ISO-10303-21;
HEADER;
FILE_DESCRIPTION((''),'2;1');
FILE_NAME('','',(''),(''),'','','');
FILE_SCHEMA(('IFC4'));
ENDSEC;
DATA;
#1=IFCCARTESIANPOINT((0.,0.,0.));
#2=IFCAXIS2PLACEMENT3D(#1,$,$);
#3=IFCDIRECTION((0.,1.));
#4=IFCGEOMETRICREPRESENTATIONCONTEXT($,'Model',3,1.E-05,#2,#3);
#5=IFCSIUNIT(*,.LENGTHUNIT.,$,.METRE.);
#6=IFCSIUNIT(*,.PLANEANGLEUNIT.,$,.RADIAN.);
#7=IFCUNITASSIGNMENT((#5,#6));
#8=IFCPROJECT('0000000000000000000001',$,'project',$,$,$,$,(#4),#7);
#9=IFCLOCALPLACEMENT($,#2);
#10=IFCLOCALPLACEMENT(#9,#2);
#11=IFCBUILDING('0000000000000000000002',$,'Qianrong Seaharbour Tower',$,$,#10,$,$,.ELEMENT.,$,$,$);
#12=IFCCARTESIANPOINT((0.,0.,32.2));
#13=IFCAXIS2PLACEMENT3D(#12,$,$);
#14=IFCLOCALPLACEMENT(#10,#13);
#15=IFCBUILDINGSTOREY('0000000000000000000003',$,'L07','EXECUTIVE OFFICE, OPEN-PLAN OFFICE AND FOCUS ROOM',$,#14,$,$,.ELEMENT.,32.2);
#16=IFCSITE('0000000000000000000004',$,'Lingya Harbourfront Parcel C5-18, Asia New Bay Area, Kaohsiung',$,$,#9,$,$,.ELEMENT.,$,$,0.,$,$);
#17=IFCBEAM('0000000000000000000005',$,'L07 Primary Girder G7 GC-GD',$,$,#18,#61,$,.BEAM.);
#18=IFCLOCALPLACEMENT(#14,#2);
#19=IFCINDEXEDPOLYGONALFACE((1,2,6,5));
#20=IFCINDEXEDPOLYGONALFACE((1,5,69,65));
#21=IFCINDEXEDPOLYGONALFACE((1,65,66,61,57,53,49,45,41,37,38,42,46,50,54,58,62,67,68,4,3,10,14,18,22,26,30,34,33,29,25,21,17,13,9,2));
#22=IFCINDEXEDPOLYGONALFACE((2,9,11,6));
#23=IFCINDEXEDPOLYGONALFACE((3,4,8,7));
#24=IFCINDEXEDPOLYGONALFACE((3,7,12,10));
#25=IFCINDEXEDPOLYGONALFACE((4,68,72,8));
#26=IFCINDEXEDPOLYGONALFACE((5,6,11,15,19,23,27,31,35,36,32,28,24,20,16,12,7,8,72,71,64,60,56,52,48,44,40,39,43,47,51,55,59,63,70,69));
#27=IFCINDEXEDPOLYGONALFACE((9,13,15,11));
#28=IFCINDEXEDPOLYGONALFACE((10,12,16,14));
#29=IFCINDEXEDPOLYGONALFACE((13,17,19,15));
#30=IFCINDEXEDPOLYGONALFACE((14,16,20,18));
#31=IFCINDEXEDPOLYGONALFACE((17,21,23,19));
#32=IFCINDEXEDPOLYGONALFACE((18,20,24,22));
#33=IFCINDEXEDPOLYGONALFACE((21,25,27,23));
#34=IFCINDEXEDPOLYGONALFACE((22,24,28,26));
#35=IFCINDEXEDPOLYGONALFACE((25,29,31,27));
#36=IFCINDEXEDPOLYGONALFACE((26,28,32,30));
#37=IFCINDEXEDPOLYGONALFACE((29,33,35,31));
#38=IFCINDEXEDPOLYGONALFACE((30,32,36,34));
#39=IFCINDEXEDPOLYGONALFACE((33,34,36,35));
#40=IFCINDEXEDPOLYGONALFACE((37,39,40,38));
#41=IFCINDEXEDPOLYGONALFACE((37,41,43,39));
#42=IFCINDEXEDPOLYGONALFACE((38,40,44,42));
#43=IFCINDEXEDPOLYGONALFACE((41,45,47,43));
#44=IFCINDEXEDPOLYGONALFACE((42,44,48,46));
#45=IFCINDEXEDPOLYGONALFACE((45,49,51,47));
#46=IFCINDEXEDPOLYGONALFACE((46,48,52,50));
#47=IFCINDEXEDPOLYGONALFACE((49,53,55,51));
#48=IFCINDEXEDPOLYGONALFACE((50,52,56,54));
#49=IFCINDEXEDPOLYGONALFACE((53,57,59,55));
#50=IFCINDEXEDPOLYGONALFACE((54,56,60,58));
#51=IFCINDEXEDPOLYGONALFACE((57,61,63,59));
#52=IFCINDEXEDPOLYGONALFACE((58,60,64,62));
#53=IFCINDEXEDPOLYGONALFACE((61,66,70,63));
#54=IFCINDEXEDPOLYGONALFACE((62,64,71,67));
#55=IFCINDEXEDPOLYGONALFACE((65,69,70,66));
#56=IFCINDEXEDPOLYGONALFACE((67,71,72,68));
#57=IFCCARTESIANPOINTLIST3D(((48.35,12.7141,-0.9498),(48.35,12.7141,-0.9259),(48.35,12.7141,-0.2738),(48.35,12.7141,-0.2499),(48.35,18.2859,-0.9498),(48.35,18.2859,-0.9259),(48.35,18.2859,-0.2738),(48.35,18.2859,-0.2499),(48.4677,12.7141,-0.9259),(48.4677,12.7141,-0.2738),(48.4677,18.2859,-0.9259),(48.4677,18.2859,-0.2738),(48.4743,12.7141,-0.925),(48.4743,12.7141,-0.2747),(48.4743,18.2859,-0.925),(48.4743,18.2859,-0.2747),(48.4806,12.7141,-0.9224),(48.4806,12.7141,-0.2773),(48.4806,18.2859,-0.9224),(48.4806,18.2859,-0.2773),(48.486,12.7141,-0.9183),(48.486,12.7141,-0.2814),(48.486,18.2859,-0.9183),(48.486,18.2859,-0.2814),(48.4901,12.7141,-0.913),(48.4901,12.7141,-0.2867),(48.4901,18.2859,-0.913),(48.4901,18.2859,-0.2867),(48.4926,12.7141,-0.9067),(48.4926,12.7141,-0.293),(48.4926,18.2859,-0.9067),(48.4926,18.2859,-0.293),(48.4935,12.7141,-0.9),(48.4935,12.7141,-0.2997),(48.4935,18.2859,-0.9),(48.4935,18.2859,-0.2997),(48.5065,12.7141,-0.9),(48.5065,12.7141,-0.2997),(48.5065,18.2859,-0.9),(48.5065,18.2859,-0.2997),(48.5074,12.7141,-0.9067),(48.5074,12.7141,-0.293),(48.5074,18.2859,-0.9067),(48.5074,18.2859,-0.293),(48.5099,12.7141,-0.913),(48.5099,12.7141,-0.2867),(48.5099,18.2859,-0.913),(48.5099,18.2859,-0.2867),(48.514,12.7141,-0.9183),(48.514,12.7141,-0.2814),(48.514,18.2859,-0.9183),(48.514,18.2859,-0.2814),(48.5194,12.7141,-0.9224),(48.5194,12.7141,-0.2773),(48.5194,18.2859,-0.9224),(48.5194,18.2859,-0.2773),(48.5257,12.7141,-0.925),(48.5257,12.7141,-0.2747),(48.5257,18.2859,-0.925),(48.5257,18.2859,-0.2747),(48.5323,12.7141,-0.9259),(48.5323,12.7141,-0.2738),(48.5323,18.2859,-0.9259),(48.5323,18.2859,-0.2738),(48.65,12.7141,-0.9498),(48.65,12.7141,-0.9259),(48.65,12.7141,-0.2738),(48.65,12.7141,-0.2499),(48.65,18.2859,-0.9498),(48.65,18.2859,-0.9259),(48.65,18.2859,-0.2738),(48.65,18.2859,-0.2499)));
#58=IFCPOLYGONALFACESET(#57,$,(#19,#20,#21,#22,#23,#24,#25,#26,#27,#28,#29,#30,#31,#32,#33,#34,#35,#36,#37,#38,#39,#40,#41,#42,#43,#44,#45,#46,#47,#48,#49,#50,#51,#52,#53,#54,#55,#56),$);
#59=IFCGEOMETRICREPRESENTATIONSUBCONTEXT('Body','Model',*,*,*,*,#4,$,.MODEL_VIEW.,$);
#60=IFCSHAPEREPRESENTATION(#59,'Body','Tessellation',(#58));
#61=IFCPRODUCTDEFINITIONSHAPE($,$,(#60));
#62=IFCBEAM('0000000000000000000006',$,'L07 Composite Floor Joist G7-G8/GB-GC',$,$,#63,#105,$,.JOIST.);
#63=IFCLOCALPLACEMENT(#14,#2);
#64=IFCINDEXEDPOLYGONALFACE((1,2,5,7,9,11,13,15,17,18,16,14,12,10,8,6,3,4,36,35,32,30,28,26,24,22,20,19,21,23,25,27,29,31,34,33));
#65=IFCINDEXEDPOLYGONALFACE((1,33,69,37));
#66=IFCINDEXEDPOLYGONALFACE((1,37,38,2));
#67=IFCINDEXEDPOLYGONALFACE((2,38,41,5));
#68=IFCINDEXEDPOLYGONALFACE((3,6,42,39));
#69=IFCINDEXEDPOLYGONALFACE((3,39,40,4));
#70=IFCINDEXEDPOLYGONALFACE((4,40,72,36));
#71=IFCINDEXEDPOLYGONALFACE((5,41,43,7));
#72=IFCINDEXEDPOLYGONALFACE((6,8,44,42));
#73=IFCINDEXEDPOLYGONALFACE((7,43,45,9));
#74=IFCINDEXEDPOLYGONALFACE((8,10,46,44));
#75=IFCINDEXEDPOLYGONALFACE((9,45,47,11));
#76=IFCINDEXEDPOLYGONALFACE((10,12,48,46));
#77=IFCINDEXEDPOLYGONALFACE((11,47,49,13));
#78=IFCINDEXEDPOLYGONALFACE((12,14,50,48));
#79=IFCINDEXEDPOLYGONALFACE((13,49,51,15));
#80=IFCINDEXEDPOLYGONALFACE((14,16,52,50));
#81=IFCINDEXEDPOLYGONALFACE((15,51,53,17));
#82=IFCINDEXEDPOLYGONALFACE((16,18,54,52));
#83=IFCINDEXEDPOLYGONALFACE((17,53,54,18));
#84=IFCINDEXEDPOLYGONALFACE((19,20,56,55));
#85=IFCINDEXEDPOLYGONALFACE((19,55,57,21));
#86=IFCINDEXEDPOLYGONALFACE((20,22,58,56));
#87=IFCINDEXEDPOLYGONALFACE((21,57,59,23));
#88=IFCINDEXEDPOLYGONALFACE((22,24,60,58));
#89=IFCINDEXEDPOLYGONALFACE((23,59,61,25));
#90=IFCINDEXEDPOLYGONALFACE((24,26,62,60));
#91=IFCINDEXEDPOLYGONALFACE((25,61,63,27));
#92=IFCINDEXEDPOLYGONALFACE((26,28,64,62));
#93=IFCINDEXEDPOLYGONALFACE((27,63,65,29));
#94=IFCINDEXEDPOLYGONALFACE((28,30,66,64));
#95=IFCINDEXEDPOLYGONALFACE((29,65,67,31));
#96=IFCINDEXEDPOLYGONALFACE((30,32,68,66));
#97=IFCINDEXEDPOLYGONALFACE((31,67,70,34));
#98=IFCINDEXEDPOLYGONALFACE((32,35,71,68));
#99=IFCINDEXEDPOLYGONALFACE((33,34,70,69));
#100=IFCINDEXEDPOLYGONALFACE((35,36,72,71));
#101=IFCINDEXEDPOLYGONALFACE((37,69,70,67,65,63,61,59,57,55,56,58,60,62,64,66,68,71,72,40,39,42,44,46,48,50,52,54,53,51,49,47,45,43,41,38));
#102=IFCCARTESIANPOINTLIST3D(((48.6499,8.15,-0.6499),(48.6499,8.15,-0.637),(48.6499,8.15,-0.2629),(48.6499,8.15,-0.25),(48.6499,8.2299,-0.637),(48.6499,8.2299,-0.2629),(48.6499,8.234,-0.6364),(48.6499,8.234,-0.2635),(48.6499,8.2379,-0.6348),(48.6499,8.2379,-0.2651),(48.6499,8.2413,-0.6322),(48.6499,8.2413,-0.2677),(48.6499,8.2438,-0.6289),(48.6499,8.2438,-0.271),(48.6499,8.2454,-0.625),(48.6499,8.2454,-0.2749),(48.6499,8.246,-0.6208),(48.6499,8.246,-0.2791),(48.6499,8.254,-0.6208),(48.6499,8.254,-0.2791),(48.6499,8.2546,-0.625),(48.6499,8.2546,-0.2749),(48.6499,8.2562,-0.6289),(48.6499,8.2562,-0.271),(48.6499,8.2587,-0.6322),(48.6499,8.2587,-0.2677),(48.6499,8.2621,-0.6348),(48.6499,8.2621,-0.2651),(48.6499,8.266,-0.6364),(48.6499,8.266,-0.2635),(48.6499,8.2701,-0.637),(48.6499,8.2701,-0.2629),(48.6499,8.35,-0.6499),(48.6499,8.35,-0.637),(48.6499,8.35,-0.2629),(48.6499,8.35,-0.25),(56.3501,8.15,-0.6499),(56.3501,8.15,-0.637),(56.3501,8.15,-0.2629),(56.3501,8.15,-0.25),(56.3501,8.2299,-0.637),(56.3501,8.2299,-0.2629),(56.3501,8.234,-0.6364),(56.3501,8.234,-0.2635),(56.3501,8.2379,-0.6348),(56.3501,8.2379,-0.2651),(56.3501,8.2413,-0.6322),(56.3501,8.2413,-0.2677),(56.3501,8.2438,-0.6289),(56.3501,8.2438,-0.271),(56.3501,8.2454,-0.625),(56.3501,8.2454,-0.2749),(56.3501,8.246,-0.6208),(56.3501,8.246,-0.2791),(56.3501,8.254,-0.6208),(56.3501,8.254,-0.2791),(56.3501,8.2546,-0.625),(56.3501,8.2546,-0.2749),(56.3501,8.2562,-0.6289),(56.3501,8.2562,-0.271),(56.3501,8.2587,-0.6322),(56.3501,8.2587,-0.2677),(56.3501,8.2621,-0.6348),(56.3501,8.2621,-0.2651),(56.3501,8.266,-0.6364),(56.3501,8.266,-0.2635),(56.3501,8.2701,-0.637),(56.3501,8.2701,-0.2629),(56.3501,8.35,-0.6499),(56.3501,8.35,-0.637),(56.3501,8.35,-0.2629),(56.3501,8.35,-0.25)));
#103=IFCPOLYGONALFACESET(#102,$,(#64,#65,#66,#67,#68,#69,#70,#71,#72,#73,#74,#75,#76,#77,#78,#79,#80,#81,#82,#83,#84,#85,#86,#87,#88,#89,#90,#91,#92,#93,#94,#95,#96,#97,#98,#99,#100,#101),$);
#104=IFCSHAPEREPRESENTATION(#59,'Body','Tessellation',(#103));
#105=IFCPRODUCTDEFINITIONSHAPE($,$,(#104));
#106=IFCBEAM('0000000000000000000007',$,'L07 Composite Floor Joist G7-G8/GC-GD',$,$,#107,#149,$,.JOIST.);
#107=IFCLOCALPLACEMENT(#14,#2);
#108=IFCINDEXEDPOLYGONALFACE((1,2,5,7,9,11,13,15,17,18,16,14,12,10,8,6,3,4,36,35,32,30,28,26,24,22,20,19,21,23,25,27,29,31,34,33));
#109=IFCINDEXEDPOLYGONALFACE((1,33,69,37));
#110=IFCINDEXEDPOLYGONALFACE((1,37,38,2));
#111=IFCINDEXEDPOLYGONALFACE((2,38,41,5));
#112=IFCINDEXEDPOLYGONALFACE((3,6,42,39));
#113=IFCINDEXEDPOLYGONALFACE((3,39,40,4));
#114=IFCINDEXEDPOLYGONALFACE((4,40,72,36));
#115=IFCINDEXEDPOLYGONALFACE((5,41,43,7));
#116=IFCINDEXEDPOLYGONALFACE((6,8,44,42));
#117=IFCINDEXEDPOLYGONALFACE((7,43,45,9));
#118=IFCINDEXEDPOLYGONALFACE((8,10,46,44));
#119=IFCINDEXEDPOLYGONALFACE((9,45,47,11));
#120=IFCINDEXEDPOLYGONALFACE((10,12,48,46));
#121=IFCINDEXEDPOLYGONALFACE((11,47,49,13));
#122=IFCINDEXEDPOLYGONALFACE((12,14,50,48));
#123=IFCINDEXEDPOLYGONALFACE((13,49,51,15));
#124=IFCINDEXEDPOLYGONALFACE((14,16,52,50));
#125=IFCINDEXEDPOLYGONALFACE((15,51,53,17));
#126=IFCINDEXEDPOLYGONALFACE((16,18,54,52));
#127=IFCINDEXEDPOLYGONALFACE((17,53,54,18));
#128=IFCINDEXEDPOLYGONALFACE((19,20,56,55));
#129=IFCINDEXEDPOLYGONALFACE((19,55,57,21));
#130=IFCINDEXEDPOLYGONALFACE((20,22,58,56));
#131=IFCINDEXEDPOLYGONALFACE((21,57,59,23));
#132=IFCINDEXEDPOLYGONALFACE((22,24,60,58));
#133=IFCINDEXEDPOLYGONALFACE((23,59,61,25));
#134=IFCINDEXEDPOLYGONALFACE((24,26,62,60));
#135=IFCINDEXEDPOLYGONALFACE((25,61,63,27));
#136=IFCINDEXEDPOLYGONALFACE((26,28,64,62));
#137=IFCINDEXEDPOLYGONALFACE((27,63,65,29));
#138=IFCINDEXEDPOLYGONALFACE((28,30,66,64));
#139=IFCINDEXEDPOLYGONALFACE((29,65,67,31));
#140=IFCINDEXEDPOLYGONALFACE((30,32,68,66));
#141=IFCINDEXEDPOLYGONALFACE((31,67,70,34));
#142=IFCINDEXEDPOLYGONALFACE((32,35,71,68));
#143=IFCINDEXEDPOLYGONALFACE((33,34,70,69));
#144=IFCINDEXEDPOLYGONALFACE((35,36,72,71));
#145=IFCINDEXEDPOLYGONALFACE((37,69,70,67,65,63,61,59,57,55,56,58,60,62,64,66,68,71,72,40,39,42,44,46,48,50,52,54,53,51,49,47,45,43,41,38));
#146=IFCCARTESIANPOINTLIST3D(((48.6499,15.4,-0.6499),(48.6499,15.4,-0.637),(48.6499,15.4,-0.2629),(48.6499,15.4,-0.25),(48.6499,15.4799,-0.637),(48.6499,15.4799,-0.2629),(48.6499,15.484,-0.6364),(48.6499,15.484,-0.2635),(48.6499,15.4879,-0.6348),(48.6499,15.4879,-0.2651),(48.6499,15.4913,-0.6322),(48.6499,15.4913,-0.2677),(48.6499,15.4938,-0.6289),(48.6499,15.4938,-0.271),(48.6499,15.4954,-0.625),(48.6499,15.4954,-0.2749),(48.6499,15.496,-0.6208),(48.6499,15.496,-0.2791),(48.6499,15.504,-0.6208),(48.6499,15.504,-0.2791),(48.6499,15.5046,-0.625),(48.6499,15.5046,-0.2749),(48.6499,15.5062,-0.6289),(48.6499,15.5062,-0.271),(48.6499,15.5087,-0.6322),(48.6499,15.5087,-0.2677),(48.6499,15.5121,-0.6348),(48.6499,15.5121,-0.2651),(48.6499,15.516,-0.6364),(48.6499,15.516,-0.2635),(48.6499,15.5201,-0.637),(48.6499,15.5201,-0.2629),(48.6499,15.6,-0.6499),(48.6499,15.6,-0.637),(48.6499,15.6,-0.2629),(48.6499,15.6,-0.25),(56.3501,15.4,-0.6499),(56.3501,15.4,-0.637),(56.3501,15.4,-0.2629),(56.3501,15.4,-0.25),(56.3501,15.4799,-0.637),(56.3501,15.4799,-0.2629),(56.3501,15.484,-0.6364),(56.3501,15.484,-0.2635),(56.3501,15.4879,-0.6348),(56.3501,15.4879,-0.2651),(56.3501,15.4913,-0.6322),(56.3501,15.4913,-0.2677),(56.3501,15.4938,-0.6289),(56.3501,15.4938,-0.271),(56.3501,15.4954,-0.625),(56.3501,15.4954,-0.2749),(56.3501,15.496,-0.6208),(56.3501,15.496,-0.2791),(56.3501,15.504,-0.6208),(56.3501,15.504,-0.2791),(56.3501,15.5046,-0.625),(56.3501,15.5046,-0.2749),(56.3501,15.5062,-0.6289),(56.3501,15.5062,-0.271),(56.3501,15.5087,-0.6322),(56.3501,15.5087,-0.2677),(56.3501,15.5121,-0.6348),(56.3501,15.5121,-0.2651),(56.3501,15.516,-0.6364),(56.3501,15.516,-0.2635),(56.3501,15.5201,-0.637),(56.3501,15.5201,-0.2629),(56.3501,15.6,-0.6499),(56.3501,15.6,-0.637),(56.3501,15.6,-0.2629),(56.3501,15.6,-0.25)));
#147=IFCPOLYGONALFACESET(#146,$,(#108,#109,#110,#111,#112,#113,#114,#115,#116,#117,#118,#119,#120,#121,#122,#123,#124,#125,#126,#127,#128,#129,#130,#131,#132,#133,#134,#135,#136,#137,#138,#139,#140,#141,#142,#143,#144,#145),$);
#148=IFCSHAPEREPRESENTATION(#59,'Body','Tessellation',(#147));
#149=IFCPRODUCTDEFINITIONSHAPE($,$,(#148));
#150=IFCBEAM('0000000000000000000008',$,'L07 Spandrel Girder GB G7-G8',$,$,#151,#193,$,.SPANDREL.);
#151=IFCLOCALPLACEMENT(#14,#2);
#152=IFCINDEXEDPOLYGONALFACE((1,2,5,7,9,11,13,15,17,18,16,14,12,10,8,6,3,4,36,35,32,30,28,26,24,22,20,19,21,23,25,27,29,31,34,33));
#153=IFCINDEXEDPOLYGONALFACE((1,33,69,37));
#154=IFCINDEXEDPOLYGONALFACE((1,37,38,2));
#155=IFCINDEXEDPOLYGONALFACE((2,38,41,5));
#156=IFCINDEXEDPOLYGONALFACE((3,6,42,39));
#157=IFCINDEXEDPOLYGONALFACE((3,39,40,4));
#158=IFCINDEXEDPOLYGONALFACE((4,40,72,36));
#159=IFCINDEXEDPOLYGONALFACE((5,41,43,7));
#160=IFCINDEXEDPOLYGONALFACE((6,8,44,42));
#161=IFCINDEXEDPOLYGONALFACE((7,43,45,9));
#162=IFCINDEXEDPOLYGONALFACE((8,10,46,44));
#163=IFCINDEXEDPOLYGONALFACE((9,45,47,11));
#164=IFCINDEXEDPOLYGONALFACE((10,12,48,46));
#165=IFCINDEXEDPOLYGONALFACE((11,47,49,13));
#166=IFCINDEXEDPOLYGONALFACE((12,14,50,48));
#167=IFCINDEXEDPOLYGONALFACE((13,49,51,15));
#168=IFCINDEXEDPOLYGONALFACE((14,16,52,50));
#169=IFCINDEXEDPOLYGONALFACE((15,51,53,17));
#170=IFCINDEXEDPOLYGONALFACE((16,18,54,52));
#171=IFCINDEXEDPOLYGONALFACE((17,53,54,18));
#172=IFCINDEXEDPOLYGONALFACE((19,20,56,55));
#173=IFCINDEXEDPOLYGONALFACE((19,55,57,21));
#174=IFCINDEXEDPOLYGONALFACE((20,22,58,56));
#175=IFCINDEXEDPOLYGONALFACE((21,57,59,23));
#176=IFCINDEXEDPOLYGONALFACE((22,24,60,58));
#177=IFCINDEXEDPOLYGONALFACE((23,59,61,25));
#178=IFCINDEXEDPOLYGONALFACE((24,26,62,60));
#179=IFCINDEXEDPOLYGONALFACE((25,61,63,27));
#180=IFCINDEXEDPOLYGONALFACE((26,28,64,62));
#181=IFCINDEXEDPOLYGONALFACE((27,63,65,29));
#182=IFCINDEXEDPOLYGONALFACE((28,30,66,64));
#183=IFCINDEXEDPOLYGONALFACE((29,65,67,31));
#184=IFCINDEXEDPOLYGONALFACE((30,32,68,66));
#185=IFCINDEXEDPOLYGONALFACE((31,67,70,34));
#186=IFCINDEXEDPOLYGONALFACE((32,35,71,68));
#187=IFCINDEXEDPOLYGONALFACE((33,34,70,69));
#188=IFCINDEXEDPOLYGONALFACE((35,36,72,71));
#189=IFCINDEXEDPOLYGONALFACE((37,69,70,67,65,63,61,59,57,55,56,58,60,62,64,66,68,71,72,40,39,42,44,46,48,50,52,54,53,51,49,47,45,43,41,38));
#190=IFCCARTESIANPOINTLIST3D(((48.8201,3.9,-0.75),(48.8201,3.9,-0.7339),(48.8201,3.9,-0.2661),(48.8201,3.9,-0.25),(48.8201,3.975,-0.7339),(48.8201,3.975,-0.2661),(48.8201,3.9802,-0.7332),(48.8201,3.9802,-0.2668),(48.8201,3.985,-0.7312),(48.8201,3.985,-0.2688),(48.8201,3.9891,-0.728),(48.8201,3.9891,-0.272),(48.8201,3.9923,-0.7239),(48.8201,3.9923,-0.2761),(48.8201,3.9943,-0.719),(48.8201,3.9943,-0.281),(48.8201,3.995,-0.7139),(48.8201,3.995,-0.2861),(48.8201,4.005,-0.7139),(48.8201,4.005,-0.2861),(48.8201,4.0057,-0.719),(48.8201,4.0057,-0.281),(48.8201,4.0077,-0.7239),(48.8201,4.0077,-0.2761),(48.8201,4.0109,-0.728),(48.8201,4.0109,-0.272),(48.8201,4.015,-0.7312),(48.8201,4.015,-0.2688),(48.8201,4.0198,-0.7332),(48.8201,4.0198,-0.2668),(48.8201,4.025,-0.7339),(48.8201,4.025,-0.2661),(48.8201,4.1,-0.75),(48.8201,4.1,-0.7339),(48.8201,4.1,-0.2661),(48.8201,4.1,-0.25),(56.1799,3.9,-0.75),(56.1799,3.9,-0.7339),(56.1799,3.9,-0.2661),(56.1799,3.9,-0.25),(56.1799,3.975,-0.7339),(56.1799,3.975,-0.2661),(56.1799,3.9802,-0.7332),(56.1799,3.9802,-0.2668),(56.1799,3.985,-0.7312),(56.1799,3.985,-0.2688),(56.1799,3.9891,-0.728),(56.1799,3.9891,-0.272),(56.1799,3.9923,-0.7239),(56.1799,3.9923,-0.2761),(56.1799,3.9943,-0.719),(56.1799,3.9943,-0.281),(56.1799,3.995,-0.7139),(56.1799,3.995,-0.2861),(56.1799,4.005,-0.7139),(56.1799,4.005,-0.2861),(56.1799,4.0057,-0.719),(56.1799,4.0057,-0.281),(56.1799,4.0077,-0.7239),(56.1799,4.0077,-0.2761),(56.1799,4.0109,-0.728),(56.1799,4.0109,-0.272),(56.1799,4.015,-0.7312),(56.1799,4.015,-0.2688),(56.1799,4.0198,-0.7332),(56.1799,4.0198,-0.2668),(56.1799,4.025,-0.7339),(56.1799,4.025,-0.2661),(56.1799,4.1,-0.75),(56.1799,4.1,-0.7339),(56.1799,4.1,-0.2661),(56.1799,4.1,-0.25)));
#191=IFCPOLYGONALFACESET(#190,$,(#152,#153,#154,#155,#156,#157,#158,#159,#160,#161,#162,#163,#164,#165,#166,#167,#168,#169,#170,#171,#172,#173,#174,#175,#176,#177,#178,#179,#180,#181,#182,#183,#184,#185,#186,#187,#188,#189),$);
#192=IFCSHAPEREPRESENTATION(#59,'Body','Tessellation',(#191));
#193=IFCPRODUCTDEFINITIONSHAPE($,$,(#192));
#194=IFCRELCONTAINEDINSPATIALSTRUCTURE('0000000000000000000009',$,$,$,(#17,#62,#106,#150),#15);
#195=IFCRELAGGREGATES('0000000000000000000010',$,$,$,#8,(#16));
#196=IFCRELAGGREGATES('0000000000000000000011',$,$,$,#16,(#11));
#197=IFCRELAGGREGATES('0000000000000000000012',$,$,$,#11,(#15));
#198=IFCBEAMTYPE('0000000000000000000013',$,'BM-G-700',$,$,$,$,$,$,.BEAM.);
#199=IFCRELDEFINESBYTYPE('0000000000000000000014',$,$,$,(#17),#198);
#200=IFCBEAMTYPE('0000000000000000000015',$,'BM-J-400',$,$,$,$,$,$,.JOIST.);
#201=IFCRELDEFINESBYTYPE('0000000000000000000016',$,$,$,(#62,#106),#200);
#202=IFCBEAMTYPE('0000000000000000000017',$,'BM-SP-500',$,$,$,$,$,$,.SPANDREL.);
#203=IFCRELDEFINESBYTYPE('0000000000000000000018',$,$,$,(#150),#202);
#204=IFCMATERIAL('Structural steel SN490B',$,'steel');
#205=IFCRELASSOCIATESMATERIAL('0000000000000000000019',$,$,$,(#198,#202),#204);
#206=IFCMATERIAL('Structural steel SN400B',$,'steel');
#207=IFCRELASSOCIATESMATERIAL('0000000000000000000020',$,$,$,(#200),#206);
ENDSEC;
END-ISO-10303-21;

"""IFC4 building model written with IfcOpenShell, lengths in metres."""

from ifc_helpers import new_model, si_unit, direction, frame, origin, origin_2d, place, context, subcontext, project, spatial, i_section, extrude, material, material_profile, profile_set, type_object, element, save


model = new_model("IFC4")

# Units and contexts
model_context = context("Model", 3, precision=1e-05, world=origin(), true_north=direction((0.0, 1.0)))
body_context = subcontext(model_context, "Body", "Model", "MODEL_VIEW")
ifc_project = project(units=[si_unit("LENGTHUNIT", "METRE"), si_unit("PLANEANGLEUNIT", "RADIAN")], contexts=[model_context])

# Site, building, storey
site_placement = place(None, origin())
site = spatial("IfcSite", under=ifc_project, at=site_placement, Name="Lingya Harbourfront Parcel C5-18, Asia New Bay Area, Kaohsiung", CompositionType="ELEMENT", RefElevation=0.0)
building_placement = place(site_placement, origin())
building = spatial("IfcBuilding", under=site, at=building_placement, Name="Qianrong Seaharbour Tower", CompositionType="ELEMENT")
storey_placement = place(building_placement, frame((0.0, 0.0, 32.2)))
storey = spatial("IfcBuildingStorey", under=building, at=storey_placement, Name="L07", Description="EXECUTIVE OFFICE, OPEN-PLAN OFFICE AND FOCUS ROOM", CompositionType="ELEMENT", Elevation=32.2)

# Shared definitions
ifc_material_1 = material(Name="Structural steel SN490B", Category="steel")

# Beams
ifc_material_profile_1 = material_profile(ifc_material_1, i_section(OverallWidth=0.3, OverallDepth=0.7, WebThickness=0.0129, FlangeThickness=0.0239, FilletRadius=0.0259, at=origin_2d()), Name="H700x300x13x24")
ifc_profile_set_1 = profile_set([ifc_material_profile_1], Name="Structural steel SN490B")
beam_type_1 = type_object("IfcBeamType", Name="BM-G-700", PredefinedType="BEAM", material=ifc_profile_set_1)
beam_1_placement = place(storey_placement, frame((48.5, 12.7141, -0.5999), z_axis=(0.0, 1.0, 0.0), x_axis=(-1.0, 0.0, 0.0)))
element("IfcBeam", 1, at=beam_1_placement, inside=storey, type_object=beam_type_1, Name="L07 Primary Girder G7 GC-GD", PredefinedType="BEAM", context=body_context, shape_type="SweptSolid", body=[
    extrude(i_section(OverallWidth=0.3, OverallDepth=0.7, WebThickness=0.0129, FlangeThickness=0.0239, FilletRadius=0.0259, at=origin_2d()), origin(), (0.0, 0.0, 1.0), 5.5718),
])
ifc_material_2 = material(Name="Structural steel SN400B", Category="steel")
ifc_material_profile_2 = material_profile(ifc_material_2, i_section(OverallWidth=0.2, OverallDepth=0.3999, WebThickness=0.0081, FlangeThickness=0.0129, FilletRadius=0.0161, at=origin_2d()), Name="H400x200x8x13")
ifc_profile_set_2 = profile_set([ifc_material_profile_2], Name="Structural steel SN400B")
beam_type_2 = type_object("IfcBeamType", Name="BM-J-400", PredefinedType="JOIST", material=ifc_profile_set_2)
for number, where, z_axis, x_axis, name in (
    (2, (48.6499, 8.25, -0.45), (1.0, 0.0, 0.0), (0.0, 1.0, 0.0), "L07 Composite Floor Joist G7-G8/GB-GC"),
    (3, (48.6499, 15.5, -0.45), (1.0, 0.0, 0.0), (0.0, 1.0, 0.0), "L07 Composite Floor Joist G7-G8/GC-GD"),
):
    element("IfcBeam", number, at=place(storey_placement, frame(where, z_axis=z_axis, x_axis=x_axis)), inside=storey, type_object=beam_type_2, Name=name, PredefinedType="JOIST", context=body_context, shape_type="SweptSolid", body=[
        extrude(i_section(OverallWidth=0.2, OverallDepth=0.3999, WebThickness=0.0081, FlangeThickness=0.0129, FilletRadius=0.0161, at=origin_2d()), origin(), (0.0, 0.0, 1.0), 7.7002),
    ])
ifc_material_profile_3 = material_profile(ifc_material_1, i_section(OverallWidth=0.2, OverallDepth=0.5, WebThickness=0.01, FlangeThickness=0.0161, FilletRadius=0.02, at=origin_2d()), Name="H500x200x10x16")
ifc_profile_set_3 = profile_set([ifc_material_profile_3], Name="Structural steel SN490B")
beam_type_3 = type_object("IfcBeamType", Name="BM-SP-500", PredefinedType="SPANDREL", material=ifc_profile_set_3)
beam_2_placement = place(storey_placement, frame((48.8201, 4.0, -0.5), z_axis=(1.0, 0.0, 0.0), x_axis=(0.0, 1.0, 0.0)))
element("IfcBeam", 4, at=beam_2_placement, inside=storey, type_object=beam_type_3, Name="L07 Spandrel Girder GB G7-G8", PredefinedType="SPANDREL", context=body_context, shape_type="SweptSolid", body=[
    extrude(i_section(OverallWidth=0.2, OverallDepth=0.5, WebThickness=0.01, FlangeThickness=0.0161, FilletRadius=0.02, at=origin_2d()), origin(), (0.0, 0.0, 1.0), 7.3599),
])

save(model, "model.ifc")
